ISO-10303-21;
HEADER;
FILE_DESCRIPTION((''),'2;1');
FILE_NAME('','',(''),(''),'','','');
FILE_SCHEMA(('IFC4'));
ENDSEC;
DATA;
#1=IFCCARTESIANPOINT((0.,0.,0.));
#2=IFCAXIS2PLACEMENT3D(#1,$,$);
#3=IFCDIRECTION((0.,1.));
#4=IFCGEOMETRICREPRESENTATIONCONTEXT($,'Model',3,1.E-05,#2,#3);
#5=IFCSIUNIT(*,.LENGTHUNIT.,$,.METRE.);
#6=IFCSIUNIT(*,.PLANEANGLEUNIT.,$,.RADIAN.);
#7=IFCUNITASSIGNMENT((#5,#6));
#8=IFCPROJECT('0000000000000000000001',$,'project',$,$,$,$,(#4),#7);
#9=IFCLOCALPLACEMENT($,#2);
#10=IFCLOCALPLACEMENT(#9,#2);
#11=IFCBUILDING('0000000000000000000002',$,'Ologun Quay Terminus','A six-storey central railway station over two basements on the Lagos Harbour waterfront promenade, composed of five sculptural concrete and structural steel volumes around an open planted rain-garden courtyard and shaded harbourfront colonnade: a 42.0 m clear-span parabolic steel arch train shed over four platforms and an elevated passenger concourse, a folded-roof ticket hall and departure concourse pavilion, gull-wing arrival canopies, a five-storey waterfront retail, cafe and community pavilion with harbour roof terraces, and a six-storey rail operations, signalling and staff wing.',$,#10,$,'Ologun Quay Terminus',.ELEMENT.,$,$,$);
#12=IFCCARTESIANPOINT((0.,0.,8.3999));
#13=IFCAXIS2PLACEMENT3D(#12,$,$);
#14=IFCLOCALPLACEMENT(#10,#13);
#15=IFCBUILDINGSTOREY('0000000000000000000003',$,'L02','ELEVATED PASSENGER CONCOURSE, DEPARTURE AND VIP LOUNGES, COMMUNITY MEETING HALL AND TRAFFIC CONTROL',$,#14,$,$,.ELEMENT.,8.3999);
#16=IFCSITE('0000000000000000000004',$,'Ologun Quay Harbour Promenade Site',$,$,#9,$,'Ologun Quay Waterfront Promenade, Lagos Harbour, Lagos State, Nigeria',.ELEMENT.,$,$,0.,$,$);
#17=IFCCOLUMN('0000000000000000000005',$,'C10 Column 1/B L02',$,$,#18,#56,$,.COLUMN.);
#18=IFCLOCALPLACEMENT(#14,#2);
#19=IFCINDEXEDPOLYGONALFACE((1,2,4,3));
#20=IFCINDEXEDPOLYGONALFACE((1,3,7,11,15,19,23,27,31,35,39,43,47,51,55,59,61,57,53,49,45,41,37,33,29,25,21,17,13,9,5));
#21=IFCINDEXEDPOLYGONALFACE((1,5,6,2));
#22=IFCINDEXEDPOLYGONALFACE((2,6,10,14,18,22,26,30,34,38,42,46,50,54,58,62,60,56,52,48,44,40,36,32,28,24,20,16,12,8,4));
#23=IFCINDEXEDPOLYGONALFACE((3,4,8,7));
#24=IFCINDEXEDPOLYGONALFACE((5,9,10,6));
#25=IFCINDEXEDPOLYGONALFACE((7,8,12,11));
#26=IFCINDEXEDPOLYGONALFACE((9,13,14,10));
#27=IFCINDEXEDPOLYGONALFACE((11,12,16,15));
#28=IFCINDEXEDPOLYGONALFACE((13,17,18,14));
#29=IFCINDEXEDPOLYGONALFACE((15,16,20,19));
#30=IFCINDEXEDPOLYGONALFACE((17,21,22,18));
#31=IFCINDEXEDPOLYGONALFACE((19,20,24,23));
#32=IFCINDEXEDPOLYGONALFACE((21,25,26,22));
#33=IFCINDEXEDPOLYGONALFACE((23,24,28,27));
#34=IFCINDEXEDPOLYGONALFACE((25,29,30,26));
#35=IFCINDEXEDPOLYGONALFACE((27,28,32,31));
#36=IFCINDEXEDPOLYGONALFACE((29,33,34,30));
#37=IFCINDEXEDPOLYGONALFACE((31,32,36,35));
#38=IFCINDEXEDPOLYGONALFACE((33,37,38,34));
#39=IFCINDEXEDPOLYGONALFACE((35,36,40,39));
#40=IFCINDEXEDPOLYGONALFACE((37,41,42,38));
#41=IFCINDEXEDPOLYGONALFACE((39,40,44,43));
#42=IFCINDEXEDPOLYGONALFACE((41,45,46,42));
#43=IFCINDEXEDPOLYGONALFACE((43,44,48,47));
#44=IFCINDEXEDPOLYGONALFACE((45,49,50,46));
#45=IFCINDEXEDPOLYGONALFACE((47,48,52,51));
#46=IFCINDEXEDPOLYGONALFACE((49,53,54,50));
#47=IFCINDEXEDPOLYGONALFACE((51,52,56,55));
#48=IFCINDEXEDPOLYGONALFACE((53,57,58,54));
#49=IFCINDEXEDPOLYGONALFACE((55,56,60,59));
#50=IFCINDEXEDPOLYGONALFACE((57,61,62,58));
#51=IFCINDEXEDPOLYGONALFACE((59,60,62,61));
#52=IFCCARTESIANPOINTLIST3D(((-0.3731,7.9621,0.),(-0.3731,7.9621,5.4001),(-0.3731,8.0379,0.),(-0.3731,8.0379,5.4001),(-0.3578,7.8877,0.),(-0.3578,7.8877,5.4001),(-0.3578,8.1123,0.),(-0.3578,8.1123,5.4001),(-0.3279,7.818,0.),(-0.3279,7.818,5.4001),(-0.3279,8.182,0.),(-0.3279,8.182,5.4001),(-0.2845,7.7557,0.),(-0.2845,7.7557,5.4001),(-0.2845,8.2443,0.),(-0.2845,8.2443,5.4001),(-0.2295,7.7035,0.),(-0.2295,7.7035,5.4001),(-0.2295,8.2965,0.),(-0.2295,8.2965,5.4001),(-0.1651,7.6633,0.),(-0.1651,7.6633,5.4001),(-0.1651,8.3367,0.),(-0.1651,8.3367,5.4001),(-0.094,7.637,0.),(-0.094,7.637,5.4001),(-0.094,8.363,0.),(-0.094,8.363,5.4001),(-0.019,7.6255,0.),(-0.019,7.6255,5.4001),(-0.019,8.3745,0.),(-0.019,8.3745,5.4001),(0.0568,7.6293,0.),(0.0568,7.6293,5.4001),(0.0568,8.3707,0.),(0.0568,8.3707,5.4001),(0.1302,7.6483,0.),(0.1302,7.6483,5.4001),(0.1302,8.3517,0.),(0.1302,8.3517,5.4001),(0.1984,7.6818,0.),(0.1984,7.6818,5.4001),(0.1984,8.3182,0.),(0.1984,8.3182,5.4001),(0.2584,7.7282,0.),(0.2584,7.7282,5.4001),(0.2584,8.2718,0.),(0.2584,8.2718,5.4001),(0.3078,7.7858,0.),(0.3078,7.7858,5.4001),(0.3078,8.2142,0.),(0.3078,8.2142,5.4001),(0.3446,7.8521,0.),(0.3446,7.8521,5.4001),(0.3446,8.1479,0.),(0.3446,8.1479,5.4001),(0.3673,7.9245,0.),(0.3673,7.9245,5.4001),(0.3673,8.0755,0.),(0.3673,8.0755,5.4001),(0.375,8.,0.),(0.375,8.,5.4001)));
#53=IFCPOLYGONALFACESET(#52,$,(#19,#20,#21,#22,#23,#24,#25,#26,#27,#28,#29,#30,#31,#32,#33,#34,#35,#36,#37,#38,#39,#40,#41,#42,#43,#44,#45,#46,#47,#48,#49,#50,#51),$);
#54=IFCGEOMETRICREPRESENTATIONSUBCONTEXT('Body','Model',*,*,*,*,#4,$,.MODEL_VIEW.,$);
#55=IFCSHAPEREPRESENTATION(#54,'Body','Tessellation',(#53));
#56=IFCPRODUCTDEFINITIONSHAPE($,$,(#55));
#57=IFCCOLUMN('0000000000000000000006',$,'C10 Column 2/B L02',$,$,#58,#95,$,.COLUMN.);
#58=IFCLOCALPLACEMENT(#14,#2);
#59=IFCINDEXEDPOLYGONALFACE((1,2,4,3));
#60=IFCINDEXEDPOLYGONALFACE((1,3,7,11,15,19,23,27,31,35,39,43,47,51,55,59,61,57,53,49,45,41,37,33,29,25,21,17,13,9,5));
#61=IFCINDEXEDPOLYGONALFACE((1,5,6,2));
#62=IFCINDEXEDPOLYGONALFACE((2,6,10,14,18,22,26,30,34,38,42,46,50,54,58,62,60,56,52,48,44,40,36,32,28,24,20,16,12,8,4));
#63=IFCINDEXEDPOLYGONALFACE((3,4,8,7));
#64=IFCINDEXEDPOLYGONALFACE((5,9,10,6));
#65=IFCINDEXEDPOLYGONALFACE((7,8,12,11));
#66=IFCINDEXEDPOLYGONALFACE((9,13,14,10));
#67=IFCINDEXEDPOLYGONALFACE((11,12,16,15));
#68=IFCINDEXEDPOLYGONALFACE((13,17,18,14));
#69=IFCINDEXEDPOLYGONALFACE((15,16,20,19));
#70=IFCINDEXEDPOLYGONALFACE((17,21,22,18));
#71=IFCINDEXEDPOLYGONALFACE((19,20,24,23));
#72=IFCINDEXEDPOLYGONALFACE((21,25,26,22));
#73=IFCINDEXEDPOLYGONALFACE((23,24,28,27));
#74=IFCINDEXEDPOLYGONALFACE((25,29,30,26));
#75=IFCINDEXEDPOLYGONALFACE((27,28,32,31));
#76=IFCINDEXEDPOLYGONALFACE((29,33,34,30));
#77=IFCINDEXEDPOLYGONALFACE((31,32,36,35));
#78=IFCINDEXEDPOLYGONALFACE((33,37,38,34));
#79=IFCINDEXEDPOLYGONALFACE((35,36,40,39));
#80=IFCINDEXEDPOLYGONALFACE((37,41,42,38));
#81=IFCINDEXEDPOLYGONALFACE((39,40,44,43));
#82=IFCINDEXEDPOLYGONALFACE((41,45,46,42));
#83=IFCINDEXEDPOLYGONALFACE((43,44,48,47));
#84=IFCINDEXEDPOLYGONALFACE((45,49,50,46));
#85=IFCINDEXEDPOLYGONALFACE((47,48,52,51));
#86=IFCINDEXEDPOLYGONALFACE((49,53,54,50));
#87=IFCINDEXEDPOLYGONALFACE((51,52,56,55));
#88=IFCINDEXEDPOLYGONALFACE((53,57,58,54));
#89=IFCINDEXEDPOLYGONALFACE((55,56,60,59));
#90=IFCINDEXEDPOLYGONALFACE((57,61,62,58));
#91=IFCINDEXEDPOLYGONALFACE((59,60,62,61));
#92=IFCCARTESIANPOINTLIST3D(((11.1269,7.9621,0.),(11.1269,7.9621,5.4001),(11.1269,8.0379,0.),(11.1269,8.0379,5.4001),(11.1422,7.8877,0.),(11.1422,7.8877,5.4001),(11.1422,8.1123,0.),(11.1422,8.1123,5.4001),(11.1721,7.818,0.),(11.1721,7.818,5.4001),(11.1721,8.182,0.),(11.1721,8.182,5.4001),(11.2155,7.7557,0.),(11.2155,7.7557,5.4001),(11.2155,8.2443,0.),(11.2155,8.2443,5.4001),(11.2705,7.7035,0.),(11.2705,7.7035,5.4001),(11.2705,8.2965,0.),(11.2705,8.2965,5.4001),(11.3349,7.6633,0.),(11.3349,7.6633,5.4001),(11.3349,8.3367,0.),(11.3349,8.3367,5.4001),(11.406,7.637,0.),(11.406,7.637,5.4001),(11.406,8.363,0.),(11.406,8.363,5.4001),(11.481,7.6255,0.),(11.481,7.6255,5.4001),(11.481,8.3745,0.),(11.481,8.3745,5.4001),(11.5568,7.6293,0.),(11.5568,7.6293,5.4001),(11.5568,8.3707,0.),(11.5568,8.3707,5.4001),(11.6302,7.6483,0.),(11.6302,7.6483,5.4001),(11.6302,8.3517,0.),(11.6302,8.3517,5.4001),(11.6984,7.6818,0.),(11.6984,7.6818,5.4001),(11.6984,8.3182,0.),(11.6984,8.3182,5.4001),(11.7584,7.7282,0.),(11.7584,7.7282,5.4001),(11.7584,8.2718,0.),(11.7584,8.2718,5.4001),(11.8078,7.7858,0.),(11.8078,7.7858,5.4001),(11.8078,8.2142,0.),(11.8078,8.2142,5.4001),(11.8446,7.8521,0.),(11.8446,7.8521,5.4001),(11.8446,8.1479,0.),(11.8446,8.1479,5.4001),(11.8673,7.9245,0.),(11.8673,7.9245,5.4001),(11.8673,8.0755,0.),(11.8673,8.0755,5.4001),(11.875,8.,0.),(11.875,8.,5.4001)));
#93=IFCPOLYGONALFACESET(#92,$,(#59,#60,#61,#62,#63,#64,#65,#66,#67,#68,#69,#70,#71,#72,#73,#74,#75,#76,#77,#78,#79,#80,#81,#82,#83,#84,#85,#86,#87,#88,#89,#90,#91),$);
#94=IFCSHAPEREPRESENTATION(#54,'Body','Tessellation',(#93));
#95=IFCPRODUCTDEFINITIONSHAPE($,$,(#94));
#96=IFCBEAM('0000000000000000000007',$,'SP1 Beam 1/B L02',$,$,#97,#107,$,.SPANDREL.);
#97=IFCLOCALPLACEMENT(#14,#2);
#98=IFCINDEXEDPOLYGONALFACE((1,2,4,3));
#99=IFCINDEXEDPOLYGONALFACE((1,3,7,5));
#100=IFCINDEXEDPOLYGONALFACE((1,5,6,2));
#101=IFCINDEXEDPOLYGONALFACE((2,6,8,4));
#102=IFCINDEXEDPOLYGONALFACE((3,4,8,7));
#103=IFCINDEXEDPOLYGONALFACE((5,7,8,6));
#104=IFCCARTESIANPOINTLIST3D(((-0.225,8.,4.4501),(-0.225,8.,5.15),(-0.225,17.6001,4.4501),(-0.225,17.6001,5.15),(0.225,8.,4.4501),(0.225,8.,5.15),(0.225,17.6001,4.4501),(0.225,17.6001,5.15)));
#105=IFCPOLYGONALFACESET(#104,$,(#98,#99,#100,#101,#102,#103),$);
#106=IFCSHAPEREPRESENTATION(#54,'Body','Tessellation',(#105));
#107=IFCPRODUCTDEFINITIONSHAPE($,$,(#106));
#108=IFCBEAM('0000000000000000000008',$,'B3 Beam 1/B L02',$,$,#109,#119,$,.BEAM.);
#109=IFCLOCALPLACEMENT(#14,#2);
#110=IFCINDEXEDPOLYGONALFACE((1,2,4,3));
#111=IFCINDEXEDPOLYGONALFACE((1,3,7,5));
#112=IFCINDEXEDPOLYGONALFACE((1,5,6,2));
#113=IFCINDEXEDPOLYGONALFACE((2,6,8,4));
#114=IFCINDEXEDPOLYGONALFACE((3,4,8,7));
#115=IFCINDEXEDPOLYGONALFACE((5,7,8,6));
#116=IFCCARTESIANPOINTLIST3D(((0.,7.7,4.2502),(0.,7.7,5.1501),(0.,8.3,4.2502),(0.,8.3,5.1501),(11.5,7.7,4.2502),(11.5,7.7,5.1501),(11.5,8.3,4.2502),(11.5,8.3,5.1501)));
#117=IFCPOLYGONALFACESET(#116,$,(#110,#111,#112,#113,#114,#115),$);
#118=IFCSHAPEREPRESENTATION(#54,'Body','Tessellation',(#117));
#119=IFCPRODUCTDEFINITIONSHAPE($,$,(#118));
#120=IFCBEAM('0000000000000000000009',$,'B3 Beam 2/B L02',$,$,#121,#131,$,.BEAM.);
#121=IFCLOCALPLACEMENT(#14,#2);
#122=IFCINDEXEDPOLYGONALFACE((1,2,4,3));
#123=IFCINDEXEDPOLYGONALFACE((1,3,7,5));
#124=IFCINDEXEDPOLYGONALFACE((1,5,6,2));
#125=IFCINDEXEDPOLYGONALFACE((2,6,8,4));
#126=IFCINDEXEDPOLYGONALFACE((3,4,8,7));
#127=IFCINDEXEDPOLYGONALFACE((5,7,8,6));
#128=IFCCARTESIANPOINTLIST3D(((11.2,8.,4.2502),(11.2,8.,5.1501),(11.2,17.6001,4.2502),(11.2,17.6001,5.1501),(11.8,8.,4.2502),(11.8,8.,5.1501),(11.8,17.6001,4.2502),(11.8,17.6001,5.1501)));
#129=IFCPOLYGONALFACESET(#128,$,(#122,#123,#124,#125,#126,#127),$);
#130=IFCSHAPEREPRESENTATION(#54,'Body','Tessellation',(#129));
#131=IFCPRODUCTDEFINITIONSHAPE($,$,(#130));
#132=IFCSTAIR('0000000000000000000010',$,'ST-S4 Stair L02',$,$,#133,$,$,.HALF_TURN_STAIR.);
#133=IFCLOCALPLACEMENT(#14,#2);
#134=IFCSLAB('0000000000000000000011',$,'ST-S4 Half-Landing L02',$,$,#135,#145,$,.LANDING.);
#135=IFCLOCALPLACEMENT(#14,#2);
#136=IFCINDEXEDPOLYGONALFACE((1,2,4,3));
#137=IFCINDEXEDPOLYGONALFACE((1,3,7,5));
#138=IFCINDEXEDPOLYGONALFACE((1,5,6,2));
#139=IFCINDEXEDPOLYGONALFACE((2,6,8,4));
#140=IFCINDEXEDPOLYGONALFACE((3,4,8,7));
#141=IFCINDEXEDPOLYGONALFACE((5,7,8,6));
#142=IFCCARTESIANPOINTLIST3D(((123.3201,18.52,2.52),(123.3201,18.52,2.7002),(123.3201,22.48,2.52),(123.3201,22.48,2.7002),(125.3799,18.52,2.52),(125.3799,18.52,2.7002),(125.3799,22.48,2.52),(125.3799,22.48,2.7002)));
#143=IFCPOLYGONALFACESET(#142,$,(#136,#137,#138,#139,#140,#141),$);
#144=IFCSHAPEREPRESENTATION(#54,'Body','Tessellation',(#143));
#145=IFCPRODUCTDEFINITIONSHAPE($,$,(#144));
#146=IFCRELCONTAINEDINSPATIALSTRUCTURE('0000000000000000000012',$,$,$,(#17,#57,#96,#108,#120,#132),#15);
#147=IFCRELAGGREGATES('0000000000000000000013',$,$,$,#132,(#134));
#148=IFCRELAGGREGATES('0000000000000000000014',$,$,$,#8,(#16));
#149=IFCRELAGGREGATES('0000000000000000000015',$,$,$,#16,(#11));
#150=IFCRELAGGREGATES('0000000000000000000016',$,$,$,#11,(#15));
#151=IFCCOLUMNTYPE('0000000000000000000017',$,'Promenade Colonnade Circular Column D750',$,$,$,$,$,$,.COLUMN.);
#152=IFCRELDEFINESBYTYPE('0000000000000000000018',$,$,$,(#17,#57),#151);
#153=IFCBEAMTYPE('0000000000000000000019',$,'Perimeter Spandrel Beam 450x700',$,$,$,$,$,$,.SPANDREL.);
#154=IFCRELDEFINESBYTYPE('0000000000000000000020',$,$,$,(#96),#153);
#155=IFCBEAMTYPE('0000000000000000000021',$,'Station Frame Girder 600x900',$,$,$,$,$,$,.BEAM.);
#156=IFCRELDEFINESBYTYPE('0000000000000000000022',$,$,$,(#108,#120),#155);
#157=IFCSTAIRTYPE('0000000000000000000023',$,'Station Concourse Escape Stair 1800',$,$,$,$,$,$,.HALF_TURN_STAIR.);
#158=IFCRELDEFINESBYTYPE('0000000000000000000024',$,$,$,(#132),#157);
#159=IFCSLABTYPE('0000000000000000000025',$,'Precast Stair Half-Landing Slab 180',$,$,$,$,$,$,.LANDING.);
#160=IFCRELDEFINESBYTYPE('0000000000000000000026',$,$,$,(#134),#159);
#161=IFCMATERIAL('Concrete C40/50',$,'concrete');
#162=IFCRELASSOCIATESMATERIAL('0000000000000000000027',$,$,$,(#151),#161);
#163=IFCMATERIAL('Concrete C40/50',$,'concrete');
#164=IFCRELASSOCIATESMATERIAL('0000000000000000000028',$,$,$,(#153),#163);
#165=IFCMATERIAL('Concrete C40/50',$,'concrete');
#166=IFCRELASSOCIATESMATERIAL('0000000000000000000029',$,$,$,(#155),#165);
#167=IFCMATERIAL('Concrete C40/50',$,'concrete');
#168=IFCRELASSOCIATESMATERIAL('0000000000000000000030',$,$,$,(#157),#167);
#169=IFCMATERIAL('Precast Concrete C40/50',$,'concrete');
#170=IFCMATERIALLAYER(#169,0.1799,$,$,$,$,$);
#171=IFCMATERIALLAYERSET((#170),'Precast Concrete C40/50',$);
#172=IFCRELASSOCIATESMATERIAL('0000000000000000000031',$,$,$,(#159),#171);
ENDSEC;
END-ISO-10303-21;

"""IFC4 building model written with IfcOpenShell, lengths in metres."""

from ifc_helpers import new_model, si_unit, direction, frame, origin, origin_2d, place, context, subcontext, project, spatial, polyline, rectangle, circle, outline, extrude, material, layer, layer_set, material_profile, profile_set, type_object, element, aggregate, save


model = new_model("IFC4")

# Units and contexts
model_context = context("Model", 3, precision=1e-05, world=origin(), true_north=direction((0.0, 1.0)))
body_context = subcontext(model_context, "Body", "Model", "MODEL_VIEW")
ifc_project = project(units=[si_unit("LENGTHUNIT", "METRE"), si_unit("PLANEANGLEUNIT", "RADIAN")], contexts=[model_context])

# Site, building, storey
site_placement = place(None, origin())
site = spatial("IfcSite", under=ifc_project, at=site_placement, Name="Ologun Quay Harbour Promenade Site", LongName="Ologun Quay Waterfront Promenade, Lagos Harbour, Lagos State, Nigeria", CompositionType="ELEMENT", RefElevation=0.0)
building_placement = place(site_placement, origin())
building = spatial("IfcBuilding", under=site, at=building_placement, Name="Ologun Quay Terminus", Description="A six-storey central railway station over two basements on the Lagos Harbour waterfront promenade, composed of five sculptural concrete and structural steel volumes around an open planted rain-garden courtyard and shaded harbourfront colonnade: a 42.0 m clear-span parabolic steel arch train shed over four platforms and an elevated passenger concourse, a folded-roof ticket hall and departure concourse pavilion, gull-wing arrival canopies, a five-storey waterfront retail, cafe and community pavilion with harbour roof terraces, and a six-storey rail operations, signalling and staff wing.", LongName="Ologun Quay Terminus", CompositionType="ELEMENT")
storey_placement = place(building_placement, frame((0.0, 0.0, 8.3999)))
storey = spatial("IfcBuildingStorey", under=building, at=storey_placement, Name="L02", Description="ELEVATED PASSENGER CONCOURSE, DEPARTURE AND VIP LOUNGES, COMMUNITY MEETING HALL AND TRAFFIC CONTROL", CompositionType="ELEMENT", Elevation=8.3999)

# Columns
ifc_material_1 = material(Name="Concrete C40/50", Category="concrete")
ifc_material_profile_1 = material_profile(ifc_material_1, circle(Radius=0.375, at=origin_2d()), Name="RC D750")
ifc_profile_set_1 = profile_set([ifc_material_profile_1], Name="Concrete C40/50")
column_type = type_object("IfcColumnType", Name="Promenade Colonnade Circular Column D750", PredefinedType="COLUMN", material=ifc_profile_set_1)
for number, where, z_axis, x_axis, name in (
    (1, (0.0, 8.0, 0.0), (0.0, 0.0, 1.0), (1.0, 0.0, 0.0), "C10 Column 1/B L02"),
    (2, (11.5, 8.0, 0.0), (0.0, 0.0, 1.0), (1.0, 0.0, 0.0), "C10 Column 2/B L02"),
):
    element("IfcColumn", number, at=place(storey_placement, frame(where, z_axis=z_axis, x_axis=x_axis)), inside=storey, type_object=column_type, Name=name, PredefinedType="COLUMN", context=body_context, shape_type="SweptSolid", body=[
        extrude(circle(Radius=0.375, at=origin_2d()), origin(), (0.0, 0.0, 1.0), 5.4001),
    ])

# Beams
ifc_material_2 = material(Name="Concrete C40/50", Category="concrete")
ifc_material_profile_2 = material_profile(ifc_material_2, rectangle(XDim=0.45, YDim=0.7, at=origin_2d()), Name="RC 450x700")
ifc_profile_set_2 = profile_set([ifc_material_profile_2], Name="Concrete C40/50")
beam_type_1 = type_object("IfcBeamType", Name="Perimeter Spandrel Beam 450x700", PredefinedType="SPANDREL", material=ifc_profile_set_2)
beam_1_placement = place(storey_placement, frame((0.0, 8.0, 4.8), z_axis=(0.0, 1.0, 0.0), x_axis=(-1.0, 0.0, 0.0)))
element("IfcBeam", 3, at=beam_1_placement, inside=storey, type_object=beam_type_1, Name="SP1 Beam 1/B L02", PredefinedType="SPANDREL", context=body_context, shape_type="SweptSolid", body=[
    extrude(rectangle(XDim=0.45, YDim=0.7, at=origin_2d()), origin(), (0.0, 0.0, 1.0), 9.6001),
])
ifc_material_3 = material(Name="Concrete C40/50", Category="concrete")
ifc_material_profile_3 = material_profile(ifc_material_3, rectangle(XDim=0.6001, YDim=0.8999, at=origin_2d()), Name="RC 600x900")
ifc_profile_set_3 = profile_set([ifc_material_profile_3], Name="Concrete C40/50")
beam_type_2 = type_object("IfcBeamType", Name="Station Frame Girder 600x900", PredefinedType="BEAM", material=ifc_profile_set_3)
beam_2_placement = place(storey_placement, frame((0.0, 8.0, 4.7002), z_axis=(1.0, 0.0, 0.0), x_axis=(0.0, 1.0, 0.0)))
element("IfcBeam", 4, at=beam_2_placement, inside=storey, type_object=beam_type_2, Name="B3 Beam 1/B L02", PredefinedType="BEAM", context=body_context, shape_type="SweptSolid", body=[
    extrude(rectangle(XDim=0.6001, YDim=0.8999, at=origin_2d()), origin(), (0.0, 0.0, 1.0), 11.5),
])
beam_3_placement = place(storey_placement, frame((11.5, 8.0, 4.7002), z_axis=(0.0, 1.0, 0.0), x_axis=(-1.0, 0.0, 0.0)))
element("IfcBeam", 5, at=beam_3_placement, inside=storey, type_object=beam_type_2, Name="B3 Beam 2/B L02", PredefinedType="BEAM", context=body_context, shape_type="SweptSolid", body=[
    extrude(rectangle(XDim=0.6001, YDim=0.8999, at=origin_2d()), origin(), (0.0, 0.0, 1.0), 9.6001),
])

# Stair, slab
ifc_material_4 = material(Name="Concrete C40/50", Category="concrete")
stair_type = type_object("IfcStairType", Name="Station Concourse Escape Stair 1800", PredefinedType="HALF_TURN_STAIR", material=ifc_material_4)
stair_placement = place(storey_placement, origin())
stair = element("IfcStair", 6, at=stair_placement, inside=storey, type_object=stair_type, Name="ST-S4 Stair L02", PredefinedType="HALF_TURN_STAIR")
ifc_material_5 = material(Name="Precast Concrete C40/50", Category="concrete")
ifc_layer_1 = layer(ifc_material_5, 0.1799)
ifc_layer_set_1 = layer_set([ifc_layer_1], Name="Precast Concrete C40/50")
slab_type = type_object("IfcSlabType", Name="Precast Stair Half-Landing Slab 180", PredefinedType="LANDING", material=ifc_layer_set_1)
slab_placement = place(storey_placement, frame((0.0, 0.0, 2.52)))
slab = element("IfcSlab", 7, at=slab_placement, type_object=slab_type, Name="ST-S4 Half-Landing L02", PredefinedType="LANDING", context=body_context, shape_type="SweptSolid", body=[
    extrude(outline(polyline([(123.3201, 18.52), (125.3799, 18.52), (125.3799, 22.48), (123.3201, 22.48), (123.3201, 18.52)])), origin(), (0.0, 0.0, 1.0), 0.1802),
])
aggregate(stair, [slab])

save(model, "model.ifc")
